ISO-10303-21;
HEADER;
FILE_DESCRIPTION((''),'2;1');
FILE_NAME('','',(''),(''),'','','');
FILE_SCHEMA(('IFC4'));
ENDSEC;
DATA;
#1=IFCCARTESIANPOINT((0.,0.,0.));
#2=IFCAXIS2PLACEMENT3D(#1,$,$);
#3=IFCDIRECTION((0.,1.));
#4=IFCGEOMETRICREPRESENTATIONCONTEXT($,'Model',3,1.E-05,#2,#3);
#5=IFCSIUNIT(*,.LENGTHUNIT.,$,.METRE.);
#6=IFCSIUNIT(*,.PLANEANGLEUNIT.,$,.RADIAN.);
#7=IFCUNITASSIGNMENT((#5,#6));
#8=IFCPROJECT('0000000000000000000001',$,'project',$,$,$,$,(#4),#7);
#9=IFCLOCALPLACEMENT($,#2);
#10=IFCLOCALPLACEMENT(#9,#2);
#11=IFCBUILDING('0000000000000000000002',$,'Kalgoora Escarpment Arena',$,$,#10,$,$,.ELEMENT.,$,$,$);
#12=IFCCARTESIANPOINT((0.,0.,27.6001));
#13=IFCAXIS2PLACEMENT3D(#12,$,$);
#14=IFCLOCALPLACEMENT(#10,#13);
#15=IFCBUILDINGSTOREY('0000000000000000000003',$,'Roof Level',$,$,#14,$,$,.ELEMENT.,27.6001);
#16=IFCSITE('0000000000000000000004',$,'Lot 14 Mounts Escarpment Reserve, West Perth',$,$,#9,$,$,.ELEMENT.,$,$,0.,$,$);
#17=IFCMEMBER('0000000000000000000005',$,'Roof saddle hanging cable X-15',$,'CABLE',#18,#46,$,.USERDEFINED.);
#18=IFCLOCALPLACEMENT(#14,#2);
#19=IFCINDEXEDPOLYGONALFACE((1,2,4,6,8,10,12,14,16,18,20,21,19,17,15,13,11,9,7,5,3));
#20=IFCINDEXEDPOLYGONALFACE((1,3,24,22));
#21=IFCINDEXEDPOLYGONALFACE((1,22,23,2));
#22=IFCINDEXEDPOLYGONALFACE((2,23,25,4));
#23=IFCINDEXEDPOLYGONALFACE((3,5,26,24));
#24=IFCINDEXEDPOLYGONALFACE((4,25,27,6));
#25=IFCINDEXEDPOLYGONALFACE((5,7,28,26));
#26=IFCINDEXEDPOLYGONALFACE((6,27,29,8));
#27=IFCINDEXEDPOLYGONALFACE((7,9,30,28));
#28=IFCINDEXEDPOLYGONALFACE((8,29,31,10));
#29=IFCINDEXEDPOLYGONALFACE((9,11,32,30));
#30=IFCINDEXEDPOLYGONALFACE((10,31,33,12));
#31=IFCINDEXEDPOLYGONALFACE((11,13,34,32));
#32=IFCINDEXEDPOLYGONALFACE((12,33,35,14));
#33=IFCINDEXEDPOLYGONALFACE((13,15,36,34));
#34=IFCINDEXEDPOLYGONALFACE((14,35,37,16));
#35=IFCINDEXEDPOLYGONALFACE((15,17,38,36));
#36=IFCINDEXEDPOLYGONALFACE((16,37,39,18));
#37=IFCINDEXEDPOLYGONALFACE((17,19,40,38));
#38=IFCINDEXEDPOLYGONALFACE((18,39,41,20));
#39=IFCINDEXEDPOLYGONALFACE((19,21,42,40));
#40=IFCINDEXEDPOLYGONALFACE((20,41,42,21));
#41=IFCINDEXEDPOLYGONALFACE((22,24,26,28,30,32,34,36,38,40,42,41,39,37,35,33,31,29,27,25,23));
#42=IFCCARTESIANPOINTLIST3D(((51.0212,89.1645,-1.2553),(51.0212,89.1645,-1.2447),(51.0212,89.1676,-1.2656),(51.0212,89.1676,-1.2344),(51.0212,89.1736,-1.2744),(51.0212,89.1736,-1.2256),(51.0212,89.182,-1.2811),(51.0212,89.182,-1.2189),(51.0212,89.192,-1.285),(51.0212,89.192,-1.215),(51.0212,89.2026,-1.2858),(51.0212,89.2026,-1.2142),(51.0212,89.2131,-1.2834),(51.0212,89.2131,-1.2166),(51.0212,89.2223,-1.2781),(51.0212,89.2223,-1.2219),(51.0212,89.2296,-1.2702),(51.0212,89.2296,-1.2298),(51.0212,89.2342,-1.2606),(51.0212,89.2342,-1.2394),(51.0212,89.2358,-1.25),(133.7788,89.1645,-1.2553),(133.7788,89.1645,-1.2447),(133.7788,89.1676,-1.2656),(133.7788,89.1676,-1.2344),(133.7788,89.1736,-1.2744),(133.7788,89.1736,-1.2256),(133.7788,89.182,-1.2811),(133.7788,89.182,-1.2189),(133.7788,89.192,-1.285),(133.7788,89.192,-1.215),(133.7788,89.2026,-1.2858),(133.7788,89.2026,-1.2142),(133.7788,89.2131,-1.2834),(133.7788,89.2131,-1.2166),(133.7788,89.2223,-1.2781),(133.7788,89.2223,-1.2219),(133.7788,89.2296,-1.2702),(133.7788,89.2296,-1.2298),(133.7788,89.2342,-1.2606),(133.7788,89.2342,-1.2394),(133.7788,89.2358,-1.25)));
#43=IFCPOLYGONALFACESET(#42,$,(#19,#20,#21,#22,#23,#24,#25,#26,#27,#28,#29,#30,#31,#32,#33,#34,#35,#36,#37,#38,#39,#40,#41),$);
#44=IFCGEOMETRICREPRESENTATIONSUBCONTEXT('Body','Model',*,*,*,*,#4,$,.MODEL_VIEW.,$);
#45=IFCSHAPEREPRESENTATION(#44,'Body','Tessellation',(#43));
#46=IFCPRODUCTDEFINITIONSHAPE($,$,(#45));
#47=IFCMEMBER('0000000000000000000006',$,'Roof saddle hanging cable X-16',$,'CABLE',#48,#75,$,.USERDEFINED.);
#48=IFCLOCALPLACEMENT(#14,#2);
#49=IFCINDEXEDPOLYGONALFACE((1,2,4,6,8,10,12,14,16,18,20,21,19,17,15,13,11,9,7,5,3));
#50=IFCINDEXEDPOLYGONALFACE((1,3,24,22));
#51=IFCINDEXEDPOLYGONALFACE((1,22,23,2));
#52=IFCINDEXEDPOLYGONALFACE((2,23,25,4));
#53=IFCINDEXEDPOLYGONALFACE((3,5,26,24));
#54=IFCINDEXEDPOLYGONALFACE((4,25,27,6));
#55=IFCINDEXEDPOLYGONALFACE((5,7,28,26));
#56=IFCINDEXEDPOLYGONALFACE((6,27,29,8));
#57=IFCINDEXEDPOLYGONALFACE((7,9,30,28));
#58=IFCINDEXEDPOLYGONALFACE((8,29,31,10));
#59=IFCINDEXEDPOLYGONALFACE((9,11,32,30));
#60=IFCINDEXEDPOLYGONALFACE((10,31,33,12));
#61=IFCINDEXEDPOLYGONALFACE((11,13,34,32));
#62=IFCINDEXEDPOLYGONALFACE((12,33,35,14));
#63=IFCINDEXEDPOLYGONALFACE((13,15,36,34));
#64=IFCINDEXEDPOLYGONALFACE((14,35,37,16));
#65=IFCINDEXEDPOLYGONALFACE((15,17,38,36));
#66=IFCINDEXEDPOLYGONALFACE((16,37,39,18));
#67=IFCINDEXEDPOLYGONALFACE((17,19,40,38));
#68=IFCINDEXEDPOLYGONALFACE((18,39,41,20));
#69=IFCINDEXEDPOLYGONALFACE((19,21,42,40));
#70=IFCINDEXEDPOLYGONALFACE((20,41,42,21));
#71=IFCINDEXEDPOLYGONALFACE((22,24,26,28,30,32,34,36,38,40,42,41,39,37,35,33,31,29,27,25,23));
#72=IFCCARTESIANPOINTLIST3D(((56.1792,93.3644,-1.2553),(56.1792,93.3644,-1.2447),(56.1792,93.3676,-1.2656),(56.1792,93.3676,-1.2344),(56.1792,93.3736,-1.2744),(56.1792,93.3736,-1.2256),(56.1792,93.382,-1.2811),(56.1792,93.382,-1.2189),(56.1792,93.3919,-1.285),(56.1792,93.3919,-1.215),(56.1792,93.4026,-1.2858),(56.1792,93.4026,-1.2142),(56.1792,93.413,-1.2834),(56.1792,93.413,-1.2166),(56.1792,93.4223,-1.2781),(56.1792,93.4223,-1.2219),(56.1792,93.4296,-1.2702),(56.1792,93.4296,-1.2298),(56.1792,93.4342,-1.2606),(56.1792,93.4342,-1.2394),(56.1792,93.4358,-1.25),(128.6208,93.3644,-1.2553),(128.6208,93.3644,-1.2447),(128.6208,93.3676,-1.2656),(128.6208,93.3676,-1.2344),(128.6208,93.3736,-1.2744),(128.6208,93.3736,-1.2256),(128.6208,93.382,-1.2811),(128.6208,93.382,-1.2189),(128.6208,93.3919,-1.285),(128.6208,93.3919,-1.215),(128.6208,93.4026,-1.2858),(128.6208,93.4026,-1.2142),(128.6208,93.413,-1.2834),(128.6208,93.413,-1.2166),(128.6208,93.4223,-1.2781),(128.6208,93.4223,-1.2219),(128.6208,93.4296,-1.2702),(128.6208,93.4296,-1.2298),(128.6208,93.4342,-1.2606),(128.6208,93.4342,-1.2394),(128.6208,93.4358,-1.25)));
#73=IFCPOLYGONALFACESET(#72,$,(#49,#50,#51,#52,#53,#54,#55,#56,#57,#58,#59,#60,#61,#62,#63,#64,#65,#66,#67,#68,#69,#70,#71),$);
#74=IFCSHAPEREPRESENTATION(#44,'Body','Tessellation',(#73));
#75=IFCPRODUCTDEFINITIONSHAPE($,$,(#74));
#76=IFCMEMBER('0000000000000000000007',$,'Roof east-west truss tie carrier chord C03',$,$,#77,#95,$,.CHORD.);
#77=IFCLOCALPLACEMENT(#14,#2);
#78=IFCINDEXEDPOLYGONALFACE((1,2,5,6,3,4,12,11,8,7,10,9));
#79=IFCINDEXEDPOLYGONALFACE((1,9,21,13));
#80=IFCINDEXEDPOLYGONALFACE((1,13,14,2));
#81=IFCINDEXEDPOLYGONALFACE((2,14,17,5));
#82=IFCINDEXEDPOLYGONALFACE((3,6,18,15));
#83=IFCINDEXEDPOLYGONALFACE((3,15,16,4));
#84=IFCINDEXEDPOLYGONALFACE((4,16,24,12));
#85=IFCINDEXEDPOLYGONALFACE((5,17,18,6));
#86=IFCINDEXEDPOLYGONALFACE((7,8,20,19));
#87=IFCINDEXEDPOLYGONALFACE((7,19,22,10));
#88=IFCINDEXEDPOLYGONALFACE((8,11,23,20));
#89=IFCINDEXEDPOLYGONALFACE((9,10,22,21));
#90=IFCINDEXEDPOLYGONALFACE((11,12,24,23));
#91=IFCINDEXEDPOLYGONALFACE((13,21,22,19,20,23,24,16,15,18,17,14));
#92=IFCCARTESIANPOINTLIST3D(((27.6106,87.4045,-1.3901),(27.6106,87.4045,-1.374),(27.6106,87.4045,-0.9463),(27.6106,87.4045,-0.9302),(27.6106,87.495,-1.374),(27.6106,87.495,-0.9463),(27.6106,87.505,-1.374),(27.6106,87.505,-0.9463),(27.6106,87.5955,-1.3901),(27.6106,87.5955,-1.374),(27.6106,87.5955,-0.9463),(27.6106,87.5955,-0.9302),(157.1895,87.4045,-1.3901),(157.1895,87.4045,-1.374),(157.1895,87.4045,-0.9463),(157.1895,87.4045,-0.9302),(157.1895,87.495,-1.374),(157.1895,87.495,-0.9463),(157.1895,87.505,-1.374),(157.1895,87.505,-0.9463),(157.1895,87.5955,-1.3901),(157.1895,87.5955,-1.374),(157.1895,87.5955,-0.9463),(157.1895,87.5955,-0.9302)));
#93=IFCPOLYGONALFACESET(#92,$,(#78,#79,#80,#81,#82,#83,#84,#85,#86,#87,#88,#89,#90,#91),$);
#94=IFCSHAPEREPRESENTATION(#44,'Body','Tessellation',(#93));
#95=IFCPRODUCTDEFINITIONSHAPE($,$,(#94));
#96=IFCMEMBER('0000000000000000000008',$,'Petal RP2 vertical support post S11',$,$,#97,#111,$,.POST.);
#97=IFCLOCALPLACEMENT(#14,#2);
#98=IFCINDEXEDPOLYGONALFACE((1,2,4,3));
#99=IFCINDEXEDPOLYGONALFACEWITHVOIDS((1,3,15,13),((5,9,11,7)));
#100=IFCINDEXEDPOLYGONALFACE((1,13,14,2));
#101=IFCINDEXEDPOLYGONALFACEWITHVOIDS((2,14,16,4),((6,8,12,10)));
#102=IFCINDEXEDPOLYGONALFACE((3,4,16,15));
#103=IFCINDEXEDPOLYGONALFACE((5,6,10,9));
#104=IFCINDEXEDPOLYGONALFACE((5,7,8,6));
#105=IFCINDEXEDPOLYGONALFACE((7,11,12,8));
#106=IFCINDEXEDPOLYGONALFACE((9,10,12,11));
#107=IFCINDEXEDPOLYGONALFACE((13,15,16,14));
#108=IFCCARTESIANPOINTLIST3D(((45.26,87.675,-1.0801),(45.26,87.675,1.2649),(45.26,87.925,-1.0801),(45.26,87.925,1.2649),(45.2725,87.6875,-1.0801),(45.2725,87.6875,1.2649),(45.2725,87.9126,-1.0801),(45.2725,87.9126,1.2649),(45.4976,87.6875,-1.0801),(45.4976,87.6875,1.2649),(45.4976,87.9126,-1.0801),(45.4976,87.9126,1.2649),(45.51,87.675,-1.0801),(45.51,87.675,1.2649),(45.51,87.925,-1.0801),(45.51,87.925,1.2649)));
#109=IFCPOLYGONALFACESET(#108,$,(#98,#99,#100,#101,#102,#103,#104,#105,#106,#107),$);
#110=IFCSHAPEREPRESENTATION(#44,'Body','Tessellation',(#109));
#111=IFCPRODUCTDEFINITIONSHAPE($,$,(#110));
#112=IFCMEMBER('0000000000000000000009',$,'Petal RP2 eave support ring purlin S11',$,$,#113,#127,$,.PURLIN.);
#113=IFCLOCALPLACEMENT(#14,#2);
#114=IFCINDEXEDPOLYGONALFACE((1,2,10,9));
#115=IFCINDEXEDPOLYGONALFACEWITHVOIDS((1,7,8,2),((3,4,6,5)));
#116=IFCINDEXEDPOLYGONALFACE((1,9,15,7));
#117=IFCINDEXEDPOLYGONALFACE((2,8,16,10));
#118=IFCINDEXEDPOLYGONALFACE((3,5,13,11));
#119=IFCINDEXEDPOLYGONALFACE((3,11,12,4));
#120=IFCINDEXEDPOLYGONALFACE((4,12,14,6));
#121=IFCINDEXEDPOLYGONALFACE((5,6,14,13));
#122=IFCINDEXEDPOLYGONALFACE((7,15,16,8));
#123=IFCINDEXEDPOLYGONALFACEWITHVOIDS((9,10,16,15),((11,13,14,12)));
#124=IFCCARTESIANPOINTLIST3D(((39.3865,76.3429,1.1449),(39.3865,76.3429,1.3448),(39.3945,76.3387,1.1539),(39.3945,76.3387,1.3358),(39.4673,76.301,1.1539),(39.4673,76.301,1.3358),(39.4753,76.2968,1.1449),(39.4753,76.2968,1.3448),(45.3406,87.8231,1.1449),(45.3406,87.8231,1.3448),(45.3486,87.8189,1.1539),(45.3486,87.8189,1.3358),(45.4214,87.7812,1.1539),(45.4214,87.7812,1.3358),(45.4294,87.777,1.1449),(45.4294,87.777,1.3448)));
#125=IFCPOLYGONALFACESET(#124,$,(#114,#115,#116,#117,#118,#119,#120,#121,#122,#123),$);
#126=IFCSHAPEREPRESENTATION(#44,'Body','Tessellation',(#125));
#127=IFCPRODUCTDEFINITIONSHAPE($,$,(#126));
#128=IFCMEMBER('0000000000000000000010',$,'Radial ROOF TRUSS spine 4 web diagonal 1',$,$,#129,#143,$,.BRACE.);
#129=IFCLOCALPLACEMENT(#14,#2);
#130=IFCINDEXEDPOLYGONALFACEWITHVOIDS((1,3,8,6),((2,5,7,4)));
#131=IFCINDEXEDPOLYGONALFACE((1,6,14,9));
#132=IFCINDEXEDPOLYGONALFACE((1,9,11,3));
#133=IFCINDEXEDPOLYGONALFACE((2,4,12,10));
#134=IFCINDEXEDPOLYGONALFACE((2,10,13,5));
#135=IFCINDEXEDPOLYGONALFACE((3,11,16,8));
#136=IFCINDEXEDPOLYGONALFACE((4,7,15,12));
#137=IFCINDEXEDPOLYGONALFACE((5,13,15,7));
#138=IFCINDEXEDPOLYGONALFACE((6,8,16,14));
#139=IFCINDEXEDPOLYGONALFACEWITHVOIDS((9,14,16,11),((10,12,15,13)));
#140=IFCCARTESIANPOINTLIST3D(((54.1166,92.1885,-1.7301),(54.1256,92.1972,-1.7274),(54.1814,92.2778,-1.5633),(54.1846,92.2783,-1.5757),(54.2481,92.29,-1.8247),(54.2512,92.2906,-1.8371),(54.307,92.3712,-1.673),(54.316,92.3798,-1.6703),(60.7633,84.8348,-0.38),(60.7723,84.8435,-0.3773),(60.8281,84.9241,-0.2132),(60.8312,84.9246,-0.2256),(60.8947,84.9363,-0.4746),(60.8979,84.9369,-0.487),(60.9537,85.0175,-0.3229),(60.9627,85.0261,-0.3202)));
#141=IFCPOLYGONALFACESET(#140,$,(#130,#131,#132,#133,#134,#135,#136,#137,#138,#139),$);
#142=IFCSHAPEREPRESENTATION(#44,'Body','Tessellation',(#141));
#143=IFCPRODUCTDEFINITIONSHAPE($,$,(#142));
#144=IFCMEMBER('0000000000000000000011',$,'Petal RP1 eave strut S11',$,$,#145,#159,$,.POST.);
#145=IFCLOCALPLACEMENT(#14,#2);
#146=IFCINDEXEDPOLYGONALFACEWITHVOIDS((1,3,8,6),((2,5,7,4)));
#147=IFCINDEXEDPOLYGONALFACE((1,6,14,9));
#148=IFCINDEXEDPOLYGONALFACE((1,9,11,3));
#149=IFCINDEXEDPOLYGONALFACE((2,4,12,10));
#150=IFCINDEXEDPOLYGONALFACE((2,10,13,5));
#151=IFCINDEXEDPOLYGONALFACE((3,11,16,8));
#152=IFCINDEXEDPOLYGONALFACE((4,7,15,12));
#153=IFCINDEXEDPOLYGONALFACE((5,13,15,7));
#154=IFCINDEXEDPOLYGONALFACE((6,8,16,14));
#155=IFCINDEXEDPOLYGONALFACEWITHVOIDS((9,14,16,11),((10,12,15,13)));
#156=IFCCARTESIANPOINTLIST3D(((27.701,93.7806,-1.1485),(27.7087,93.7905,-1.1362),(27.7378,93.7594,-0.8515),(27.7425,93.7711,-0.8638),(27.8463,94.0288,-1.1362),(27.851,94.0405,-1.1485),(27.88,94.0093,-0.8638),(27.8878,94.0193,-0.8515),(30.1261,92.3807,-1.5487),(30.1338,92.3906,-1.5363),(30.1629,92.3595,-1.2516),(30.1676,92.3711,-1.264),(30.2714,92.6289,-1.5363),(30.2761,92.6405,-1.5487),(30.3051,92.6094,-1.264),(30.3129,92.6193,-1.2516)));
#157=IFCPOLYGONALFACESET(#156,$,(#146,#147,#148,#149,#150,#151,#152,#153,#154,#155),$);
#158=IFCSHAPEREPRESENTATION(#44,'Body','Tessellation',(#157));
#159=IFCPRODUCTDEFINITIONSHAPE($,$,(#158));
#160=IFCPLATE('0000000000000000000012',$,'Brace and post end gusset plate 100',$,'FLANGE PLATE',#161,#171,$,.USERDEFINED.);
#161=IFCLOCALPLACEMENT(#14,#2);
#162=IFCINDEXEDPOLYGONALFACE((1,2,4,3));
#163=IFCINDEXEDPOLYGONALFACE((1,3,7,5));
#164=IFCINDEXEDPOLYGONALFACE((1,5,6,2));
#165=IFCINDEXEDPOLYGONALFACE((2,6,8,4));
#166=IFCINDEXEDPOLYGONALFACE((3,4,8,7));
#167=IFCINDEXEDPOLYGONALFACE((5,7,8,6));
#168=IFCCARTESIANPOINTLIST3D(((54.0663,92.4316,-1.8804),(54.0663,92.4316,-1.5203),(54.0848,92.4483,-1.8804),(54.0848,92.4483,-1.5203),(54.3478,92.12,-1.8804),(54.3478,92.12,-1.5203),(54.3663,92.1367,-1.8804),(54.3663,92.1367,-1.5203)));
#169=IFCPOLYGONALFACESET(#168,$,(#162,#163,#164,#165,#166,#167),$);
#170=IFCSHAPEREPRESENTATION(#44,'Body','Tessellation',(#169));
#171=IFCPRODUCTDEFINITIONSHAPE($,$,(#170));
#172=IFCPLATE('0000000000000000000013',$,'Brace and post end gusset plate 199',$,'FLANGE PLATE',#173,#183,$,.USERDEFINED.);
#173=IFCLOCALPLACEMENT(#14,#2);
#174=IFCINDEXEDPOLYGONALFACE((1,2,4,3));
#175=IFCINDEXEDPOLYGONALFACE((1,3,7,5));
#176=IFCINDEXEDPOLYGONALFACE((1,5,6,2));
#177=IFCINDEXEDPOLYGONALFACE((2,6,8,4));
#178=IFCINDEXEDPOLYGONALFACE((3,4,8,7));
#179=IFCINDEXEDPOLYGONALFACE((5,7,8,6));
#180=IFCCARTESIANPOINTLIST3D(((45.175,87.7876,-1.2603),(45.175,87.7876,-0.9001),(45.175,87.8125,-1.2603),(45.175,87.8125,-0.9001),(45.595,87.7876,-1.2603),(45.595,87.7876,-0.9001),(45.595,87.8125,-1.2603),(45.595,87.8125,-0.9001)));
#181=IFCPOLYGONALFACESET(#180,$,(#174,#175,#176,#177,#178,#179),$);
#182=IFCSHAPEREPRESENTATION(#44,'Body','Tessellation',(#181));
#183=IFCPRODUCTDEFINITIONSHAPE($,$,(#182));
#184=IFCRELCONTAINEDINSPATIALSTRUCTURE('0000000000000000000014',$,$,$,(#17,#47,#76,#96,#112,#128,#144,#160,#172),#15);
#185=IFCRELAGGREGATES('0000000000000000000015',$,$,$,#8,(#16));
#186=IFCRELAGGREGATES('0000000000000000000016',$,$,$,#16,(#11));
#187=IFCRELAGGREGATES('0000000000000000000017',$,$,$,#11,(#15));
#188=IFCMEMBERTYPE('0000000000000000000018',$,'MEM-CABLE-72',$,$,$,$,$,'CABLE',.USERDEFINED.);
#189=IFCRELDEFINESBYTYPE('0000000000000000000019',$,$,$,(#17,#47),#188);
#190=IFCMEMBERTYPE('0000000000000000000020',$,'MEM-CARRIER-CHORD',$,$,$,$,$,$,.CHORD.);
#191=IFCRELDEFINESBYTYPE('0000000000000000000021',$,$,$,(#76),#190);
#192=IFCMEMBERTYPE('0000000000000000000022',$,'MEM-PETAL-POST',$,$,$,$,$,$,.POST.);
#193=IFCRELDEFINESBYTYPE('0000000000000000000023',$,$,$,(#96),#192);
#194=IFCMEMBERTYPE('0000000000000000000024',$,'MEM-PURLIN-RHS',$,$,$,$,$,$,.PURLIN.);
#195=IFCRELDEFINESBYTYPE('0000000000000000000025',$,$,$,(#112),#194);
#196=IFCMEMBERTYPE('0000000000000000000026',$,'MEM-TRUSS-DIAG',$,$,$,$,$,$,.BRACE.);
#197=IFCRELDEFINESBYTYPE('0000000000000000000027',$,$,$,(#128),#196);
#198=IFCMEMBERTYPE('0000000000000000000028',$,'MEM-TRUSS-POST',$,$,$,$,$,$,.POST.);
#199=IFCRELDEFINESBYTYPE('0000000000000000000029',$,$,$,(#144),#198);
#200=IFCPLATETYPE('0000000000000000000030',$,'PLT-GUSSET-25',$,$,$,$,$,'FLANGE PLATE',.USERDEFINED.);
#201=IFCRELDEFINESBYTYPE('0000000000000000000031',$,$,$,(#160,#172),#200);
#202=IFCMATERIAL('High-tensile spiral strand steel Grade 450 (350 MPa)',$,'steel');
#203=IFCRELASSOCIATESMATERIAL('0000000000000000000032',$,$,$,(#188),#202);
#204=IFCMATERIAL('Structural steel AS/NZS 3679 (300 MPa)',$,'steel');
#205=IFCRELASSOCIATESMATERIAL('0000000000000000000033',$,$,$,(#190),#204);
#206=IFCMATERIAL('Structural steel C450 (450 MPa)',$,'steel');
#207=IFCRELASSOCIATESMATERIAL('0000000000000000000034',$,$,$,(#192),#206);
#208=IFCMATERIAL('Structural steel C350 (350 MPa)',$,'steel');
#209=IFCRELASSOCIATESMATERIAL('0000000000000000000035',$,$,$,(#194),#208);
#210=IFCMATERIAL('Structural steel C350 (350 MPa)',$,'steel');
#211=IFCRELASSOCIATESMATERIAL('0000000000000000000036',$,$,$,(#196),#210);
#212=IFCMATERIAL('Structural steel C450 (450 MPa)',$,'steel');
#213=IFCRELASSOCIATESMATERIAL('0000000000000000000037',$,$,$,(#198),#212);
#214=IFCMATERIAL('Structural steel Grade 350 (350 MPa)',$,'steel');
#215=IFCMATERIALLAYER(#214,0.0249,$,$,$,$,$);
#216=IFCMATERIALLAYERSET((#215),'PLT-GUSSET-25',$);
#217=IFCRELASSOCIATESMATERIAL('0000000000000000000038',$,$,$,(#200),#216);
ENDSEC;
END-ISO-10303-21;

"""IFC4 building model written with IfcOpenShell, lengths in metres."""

from ifc_helpers import new_model, si_unit, direction, frame, origin, origin_2d, place, context, subcontext, project, spatial, rectangle, hollow_rectangle, circle, i_section, extrude, material, layer, layer_set, material_profile, profile_set, type_object, element, save


model = new_model("IFC4")

# Units and contexts
model_context = context("Model", 3, precision=1e-05, world=origin(), true_north=direction((0.0, 1.0)))
body_context = subcontext(model_context, "Body", "Model", "MODEL_VIEW")
ifc_project = project(units=[si_unit("LENGTHUNIT", "METRE"), si_unit("PLANEANGLEUNIT", "RADIAN")], contexts=[model_context])

# Site, building, storey
site_placement = place(None, origin())
site = spatial("IfcSite", under=ifc_project, at=site_placement, Name="Lot 14 Mounts Escarpment Reserve, West Perth", CompositionType="ELEMENT", RefElevation=0.0)
building_placement = place(site_placement, origin())
building = spatial("IfcBuilding", under=site, at=building_placement, Name="Kalgoora Escarpment Arena", CompositionType="ELEMENT")
storey_placement = place(building_placement, frame((0.0, 0.0, 27.6001)))
storey = spatial("IfcBuildingStorey", under=building, at=storey_placement, Name="Roof Level", CompositionType="ELEMENT", Elevation=27.6001)

# Members
ifc_material_1 = material(Name="High-tensile spiral strand steel Grade 450 (350 MPa)", Category="steel")
ifc_material_profile_1 = material_profile(ifc_material_1, circle(Radius=0.0359, at=origin_2d()))
ifc_profile_set_1 = profile_set([ifc_material_profile_1], Name="High-tensile spiral strand steel Grade 450 (350 MPa)")
member_type_1 = type_object("IfcMemberType", Name="MEM-CABLE-72", ElementType="CABLE", PredefinedType="USERDEFINED", material=ifc_profile_set_1)
member_1_placement = place(storey_placement, frame((51.0212, 89.2, -1.25), z_axis=(1.0, 0.0, 0.0), x_axis=(0.0, 1.0, 0.0)))
element("IfcMember", 1, at=member_1_placement, inside=storey, type_object=member_type_1, Name="Roof saddle hanging cable X-15", ObjectType="CABLE", PredefinedType="USERDEFINED", context=body_context, shape_type="SweptSolid", body=[
    extrude(circle(Radius=0.0359, at=origin_2d()), origin(), (0.0, 0.0, 1.0), 82.7576),
])
member_2_placement = place(storey_placement, frame((56.1792, 93.3999, -1.25), z_axis=(1.0, 0.0, 0.0), x_axis=(0.0, 1.0, 0.0)))
element("IfcMember", 2, at=member_2_placement, inside=storey, type_object=member_type_1, Name="Roof saddle hanging cable X-16", ObjectType="CABLE", PredefinedType="USERDEFINED", context=body_context, shape_type="SweptSolid", body=[
    extrude(circle(Radius=0.0359, at=origin_2d()), origin(), (0.0, 0.0, 1.0), 72.4417),
])
ifc_material_2 = material(Name="Structural steel AS/NZS 3679 (300 MPa)", Category="steel")
ifc_material_profile_2 = material_profile(ifc_material_2, i_section(OverallWidth=0.1909, OverallDepth=0.46, WebThickness=0.01, FlangeThickness=0.0161, at=origin_2d()))
ifc_profile_set_2 = profile_set([ifc_material_profile_2], Name="Structural steel AS/NZS 3679 (300 MPa)")
member_type_2 = type_object("IfcMemberType", Name="MEM-CARRIER-CHORD", PredefinedType="CHORD", material=ifc_profile_set_2)
member_3_placement = place(storey_placement, frame((27.6106, 87.5, -1.1602), z_axis=(1.0, 0.0, 0.0), x_axis=(0.0, 1.0, 0.0)))
element("IfcMember", 3, at=member_3_placement, inside=storey, type_object=member_type_2, Name="Roof east-west truss tie carrier chord C03", PredefinedType="CHORD", context=body_context, shape_type="SweptSolid", body=[
    extrude(i_section(OverallWidth=0.1909, OverallDepth=0.46, WebThickness=0.01, FlangeThickness=0.0161, at=origin_2d()), origin(), (0.0, 0.0, 1.0), 129.5789),
])
ifc_material_3 = material(Name="Structural steel C450 (450 MPa)", Category="steel")
ifc_material_profile_3 = material_profile(ifc_material_3, hollow_rectangle(XDim=0.25, YDim=0.25, WallThickness=0.0125, at=origin_2d()))
ifc_profile_set_3 = profile_set([ifc_material_profile_3], Name="Structural steel C450 (450 MPa)")
member_type_3 = type_object("IfcMemberType", Name="MEM-PETAL-POST", PredefinedType="POST", material=ifc_profile_set_3)
member_4_placement = place(storey_placement, frame((45.385, 87.8, -1.0801), z_axis=(0.0, 0.0, 1.0), x_axis=(1.0, 0.0, 0.0)))
element("IfcMember", 4, at=member_4_placement, inside=storey, type_object=member_type_3, Name="Petal RP2 vertical support post S11", PredefinedType="POST", context=body_context, shape_type="SweptSolid", body=[
    extrude(hollow_rectangle(XDim=0.25, YDim=0.25, WallThickness=0.0125, at=origin_2d()), origin(), (0.0, 0.0, 1.0), 2.345),
])
ifc_material_4 = material(Name="Structural steel C350 (350 MPa)", Category="steel")
ifc_material_profile_4 = material_profile(ifc_material_4, hollow_rectangle(XDim=0.1001, YDim=0.2, WallThickness=0.009, at=origin_2d()))
ifc_profile_set_4 = profile_set([ifc_material_profile_4], Name="Structural steel C350 (350 MPa)")
member_type_4 = type_object("IfcMemberType", Name="MEM-PURLIN-RHS", PredefinedType="PURLIN", material=ifc_profile_set_4)
member_5_placement = place(storey_placement, frame((45.385, 87.8, 1.2449), z_axis=(-0.460402, -0.887711, 0.0), x_axis=(0.887711, -0.460402, 0.0)))
element("IfcMember", 5, at=member_5_placement, inside=storey, type_object=member_type_4, Name="Petal RP2 eave support ring purlin S11", PredefinedType="PURLIN", context=body_context, shape_type="SweptSolid", body=[
    extrude(hollow_rectangle(XDim=0.1001, YDim=0.2, WallThickness=0.009, at=origin_2d()), origin(), (0.0, 0.0, 1.0), 12.9324),
])
ifc_material_5 = material(Name="Structural steel C350 (350 MPa)", Category="steel")
ifc_material_profile_5 = material_profile(ifc_material_5, hollow_rectangle(XDim=0.2, YDim=0.2, WallThickness=0.009, at=origin_2d()))
ifc_profile_set_5 = profile_set([ifc_material_profile_5], Name="Structural steel C350 (350 MPa)")
member_type_5 = type_object("IfcMemberType", Name="MEM-TRUSS-DIAG", PredefinedType="BRACE", material=ifc_profile_set_5)
member_6_placement = place(storey_placement, frame((54.2163, 92.2842, -1.7002), z_axis=(0.664409, -0.735084, 0.134956), x_axis=(0.67335, 0.510414, -0.534861)))
element("IfcMember", 6, at=member_6_placement, inside=storey, type_object=member_type_5, Name="Radial ROOF TRUSS spine 4 web diagonal 1", PredefinedType="BRACE", context=body_context, shape_type="SweptSolid", body=[
    extrude(hollow_rectangle(XDim=0.2, YDim=0.2, WallThickness=0.009, at=origin_2d()), origin(), (0.0, 0.0, 1.0), 10.0039),
])
ifc_material_6 = material(Name="Structural steel C450 (450 MPa)", Category="steel")
ifc_material_profile_6 = material_profile(ifc_material_6, hollow_rectangle(XDim=0.3, YDim=0.3, WallThickness=0.0125, at=origin_2d()))
ifc_profile_set_6 = profile_set([ifc_material_profile_6], Name="Structural steel C450 (450 MPa)")
member_type_6 = type_object("IfcMemberType", Name="MEM-TRUSS-POST", PredefinedType="POST", material=ifc_profile_set_6)
member_7_placement = place(storey_placement, frame((30.2195, 92.5, -1.4001), z_axis=(-0.857346, 0.494918, 0.141467), x_axis=(-0.499946, -0.866056, 0.0)))
element("IfcMember", 7, at=member_7_placement, inside=storey, type_object=member_type_6, Name="Petal RP1 eave strut S11", PredefinedType="POST", context=body_context, shape_type="SweptSolid", body=[
    extrude(hollow_rectangle(XDim=0.3, YDim=0.3, WallThickness=0.0125, at=origin_2d()), origin(), (0.0, 0.0, 1.0), 2.8286),
])

# Plates
ifc_material_7 = material(Name="Structural steel Grade 350 (350 MPa)", Category="steel")
ifc_layer_1 = layer(ifc_material_7, 0.0249)
ifc_layer_set_1 = layer_set([ifc_layer_1], Name="PLT-GUSSET-25")
plate_type_1 = type_object("IfcPlateType", Name="PLT-GUSSET-25", ElementType="FLANGE PLATE", PredefinedType="USERDEFINED", material=ifc_layer_set_1)
for number, where, z_axis, x_axis, name in (
    (8, (54.2163, 92.2842, -1.8804), (0.0, 0.0, 1.0), (0.670427, -0.741976, 0.0), "Brace and post end gusset plate 100"),
    (9, (45.385, 87.8, -1.2603), (0.0, 0.0, 1.0), (1.0, 0.0, 0.0), "Brace and post end gusset plate 199"),
):
    element("IfcPlate", number, at=place(storey_placement, frame(where, z_axis=z_axis, x_axis=x_axis)), inside=storey, type_object=plate_type_1, Name=name, ObjectType="FLANGE PLATE", PredefinedType="USERDEFINED", context=body_context, shape_type="SweptSolid", body=[
        extrude(rectangle(XDim=0.4199, YDim=0.0249, at=origin_2d()), origin(), (0.0, 0.0, 1.0), 0.3601),
    ])

save(model, "model.ifc")
